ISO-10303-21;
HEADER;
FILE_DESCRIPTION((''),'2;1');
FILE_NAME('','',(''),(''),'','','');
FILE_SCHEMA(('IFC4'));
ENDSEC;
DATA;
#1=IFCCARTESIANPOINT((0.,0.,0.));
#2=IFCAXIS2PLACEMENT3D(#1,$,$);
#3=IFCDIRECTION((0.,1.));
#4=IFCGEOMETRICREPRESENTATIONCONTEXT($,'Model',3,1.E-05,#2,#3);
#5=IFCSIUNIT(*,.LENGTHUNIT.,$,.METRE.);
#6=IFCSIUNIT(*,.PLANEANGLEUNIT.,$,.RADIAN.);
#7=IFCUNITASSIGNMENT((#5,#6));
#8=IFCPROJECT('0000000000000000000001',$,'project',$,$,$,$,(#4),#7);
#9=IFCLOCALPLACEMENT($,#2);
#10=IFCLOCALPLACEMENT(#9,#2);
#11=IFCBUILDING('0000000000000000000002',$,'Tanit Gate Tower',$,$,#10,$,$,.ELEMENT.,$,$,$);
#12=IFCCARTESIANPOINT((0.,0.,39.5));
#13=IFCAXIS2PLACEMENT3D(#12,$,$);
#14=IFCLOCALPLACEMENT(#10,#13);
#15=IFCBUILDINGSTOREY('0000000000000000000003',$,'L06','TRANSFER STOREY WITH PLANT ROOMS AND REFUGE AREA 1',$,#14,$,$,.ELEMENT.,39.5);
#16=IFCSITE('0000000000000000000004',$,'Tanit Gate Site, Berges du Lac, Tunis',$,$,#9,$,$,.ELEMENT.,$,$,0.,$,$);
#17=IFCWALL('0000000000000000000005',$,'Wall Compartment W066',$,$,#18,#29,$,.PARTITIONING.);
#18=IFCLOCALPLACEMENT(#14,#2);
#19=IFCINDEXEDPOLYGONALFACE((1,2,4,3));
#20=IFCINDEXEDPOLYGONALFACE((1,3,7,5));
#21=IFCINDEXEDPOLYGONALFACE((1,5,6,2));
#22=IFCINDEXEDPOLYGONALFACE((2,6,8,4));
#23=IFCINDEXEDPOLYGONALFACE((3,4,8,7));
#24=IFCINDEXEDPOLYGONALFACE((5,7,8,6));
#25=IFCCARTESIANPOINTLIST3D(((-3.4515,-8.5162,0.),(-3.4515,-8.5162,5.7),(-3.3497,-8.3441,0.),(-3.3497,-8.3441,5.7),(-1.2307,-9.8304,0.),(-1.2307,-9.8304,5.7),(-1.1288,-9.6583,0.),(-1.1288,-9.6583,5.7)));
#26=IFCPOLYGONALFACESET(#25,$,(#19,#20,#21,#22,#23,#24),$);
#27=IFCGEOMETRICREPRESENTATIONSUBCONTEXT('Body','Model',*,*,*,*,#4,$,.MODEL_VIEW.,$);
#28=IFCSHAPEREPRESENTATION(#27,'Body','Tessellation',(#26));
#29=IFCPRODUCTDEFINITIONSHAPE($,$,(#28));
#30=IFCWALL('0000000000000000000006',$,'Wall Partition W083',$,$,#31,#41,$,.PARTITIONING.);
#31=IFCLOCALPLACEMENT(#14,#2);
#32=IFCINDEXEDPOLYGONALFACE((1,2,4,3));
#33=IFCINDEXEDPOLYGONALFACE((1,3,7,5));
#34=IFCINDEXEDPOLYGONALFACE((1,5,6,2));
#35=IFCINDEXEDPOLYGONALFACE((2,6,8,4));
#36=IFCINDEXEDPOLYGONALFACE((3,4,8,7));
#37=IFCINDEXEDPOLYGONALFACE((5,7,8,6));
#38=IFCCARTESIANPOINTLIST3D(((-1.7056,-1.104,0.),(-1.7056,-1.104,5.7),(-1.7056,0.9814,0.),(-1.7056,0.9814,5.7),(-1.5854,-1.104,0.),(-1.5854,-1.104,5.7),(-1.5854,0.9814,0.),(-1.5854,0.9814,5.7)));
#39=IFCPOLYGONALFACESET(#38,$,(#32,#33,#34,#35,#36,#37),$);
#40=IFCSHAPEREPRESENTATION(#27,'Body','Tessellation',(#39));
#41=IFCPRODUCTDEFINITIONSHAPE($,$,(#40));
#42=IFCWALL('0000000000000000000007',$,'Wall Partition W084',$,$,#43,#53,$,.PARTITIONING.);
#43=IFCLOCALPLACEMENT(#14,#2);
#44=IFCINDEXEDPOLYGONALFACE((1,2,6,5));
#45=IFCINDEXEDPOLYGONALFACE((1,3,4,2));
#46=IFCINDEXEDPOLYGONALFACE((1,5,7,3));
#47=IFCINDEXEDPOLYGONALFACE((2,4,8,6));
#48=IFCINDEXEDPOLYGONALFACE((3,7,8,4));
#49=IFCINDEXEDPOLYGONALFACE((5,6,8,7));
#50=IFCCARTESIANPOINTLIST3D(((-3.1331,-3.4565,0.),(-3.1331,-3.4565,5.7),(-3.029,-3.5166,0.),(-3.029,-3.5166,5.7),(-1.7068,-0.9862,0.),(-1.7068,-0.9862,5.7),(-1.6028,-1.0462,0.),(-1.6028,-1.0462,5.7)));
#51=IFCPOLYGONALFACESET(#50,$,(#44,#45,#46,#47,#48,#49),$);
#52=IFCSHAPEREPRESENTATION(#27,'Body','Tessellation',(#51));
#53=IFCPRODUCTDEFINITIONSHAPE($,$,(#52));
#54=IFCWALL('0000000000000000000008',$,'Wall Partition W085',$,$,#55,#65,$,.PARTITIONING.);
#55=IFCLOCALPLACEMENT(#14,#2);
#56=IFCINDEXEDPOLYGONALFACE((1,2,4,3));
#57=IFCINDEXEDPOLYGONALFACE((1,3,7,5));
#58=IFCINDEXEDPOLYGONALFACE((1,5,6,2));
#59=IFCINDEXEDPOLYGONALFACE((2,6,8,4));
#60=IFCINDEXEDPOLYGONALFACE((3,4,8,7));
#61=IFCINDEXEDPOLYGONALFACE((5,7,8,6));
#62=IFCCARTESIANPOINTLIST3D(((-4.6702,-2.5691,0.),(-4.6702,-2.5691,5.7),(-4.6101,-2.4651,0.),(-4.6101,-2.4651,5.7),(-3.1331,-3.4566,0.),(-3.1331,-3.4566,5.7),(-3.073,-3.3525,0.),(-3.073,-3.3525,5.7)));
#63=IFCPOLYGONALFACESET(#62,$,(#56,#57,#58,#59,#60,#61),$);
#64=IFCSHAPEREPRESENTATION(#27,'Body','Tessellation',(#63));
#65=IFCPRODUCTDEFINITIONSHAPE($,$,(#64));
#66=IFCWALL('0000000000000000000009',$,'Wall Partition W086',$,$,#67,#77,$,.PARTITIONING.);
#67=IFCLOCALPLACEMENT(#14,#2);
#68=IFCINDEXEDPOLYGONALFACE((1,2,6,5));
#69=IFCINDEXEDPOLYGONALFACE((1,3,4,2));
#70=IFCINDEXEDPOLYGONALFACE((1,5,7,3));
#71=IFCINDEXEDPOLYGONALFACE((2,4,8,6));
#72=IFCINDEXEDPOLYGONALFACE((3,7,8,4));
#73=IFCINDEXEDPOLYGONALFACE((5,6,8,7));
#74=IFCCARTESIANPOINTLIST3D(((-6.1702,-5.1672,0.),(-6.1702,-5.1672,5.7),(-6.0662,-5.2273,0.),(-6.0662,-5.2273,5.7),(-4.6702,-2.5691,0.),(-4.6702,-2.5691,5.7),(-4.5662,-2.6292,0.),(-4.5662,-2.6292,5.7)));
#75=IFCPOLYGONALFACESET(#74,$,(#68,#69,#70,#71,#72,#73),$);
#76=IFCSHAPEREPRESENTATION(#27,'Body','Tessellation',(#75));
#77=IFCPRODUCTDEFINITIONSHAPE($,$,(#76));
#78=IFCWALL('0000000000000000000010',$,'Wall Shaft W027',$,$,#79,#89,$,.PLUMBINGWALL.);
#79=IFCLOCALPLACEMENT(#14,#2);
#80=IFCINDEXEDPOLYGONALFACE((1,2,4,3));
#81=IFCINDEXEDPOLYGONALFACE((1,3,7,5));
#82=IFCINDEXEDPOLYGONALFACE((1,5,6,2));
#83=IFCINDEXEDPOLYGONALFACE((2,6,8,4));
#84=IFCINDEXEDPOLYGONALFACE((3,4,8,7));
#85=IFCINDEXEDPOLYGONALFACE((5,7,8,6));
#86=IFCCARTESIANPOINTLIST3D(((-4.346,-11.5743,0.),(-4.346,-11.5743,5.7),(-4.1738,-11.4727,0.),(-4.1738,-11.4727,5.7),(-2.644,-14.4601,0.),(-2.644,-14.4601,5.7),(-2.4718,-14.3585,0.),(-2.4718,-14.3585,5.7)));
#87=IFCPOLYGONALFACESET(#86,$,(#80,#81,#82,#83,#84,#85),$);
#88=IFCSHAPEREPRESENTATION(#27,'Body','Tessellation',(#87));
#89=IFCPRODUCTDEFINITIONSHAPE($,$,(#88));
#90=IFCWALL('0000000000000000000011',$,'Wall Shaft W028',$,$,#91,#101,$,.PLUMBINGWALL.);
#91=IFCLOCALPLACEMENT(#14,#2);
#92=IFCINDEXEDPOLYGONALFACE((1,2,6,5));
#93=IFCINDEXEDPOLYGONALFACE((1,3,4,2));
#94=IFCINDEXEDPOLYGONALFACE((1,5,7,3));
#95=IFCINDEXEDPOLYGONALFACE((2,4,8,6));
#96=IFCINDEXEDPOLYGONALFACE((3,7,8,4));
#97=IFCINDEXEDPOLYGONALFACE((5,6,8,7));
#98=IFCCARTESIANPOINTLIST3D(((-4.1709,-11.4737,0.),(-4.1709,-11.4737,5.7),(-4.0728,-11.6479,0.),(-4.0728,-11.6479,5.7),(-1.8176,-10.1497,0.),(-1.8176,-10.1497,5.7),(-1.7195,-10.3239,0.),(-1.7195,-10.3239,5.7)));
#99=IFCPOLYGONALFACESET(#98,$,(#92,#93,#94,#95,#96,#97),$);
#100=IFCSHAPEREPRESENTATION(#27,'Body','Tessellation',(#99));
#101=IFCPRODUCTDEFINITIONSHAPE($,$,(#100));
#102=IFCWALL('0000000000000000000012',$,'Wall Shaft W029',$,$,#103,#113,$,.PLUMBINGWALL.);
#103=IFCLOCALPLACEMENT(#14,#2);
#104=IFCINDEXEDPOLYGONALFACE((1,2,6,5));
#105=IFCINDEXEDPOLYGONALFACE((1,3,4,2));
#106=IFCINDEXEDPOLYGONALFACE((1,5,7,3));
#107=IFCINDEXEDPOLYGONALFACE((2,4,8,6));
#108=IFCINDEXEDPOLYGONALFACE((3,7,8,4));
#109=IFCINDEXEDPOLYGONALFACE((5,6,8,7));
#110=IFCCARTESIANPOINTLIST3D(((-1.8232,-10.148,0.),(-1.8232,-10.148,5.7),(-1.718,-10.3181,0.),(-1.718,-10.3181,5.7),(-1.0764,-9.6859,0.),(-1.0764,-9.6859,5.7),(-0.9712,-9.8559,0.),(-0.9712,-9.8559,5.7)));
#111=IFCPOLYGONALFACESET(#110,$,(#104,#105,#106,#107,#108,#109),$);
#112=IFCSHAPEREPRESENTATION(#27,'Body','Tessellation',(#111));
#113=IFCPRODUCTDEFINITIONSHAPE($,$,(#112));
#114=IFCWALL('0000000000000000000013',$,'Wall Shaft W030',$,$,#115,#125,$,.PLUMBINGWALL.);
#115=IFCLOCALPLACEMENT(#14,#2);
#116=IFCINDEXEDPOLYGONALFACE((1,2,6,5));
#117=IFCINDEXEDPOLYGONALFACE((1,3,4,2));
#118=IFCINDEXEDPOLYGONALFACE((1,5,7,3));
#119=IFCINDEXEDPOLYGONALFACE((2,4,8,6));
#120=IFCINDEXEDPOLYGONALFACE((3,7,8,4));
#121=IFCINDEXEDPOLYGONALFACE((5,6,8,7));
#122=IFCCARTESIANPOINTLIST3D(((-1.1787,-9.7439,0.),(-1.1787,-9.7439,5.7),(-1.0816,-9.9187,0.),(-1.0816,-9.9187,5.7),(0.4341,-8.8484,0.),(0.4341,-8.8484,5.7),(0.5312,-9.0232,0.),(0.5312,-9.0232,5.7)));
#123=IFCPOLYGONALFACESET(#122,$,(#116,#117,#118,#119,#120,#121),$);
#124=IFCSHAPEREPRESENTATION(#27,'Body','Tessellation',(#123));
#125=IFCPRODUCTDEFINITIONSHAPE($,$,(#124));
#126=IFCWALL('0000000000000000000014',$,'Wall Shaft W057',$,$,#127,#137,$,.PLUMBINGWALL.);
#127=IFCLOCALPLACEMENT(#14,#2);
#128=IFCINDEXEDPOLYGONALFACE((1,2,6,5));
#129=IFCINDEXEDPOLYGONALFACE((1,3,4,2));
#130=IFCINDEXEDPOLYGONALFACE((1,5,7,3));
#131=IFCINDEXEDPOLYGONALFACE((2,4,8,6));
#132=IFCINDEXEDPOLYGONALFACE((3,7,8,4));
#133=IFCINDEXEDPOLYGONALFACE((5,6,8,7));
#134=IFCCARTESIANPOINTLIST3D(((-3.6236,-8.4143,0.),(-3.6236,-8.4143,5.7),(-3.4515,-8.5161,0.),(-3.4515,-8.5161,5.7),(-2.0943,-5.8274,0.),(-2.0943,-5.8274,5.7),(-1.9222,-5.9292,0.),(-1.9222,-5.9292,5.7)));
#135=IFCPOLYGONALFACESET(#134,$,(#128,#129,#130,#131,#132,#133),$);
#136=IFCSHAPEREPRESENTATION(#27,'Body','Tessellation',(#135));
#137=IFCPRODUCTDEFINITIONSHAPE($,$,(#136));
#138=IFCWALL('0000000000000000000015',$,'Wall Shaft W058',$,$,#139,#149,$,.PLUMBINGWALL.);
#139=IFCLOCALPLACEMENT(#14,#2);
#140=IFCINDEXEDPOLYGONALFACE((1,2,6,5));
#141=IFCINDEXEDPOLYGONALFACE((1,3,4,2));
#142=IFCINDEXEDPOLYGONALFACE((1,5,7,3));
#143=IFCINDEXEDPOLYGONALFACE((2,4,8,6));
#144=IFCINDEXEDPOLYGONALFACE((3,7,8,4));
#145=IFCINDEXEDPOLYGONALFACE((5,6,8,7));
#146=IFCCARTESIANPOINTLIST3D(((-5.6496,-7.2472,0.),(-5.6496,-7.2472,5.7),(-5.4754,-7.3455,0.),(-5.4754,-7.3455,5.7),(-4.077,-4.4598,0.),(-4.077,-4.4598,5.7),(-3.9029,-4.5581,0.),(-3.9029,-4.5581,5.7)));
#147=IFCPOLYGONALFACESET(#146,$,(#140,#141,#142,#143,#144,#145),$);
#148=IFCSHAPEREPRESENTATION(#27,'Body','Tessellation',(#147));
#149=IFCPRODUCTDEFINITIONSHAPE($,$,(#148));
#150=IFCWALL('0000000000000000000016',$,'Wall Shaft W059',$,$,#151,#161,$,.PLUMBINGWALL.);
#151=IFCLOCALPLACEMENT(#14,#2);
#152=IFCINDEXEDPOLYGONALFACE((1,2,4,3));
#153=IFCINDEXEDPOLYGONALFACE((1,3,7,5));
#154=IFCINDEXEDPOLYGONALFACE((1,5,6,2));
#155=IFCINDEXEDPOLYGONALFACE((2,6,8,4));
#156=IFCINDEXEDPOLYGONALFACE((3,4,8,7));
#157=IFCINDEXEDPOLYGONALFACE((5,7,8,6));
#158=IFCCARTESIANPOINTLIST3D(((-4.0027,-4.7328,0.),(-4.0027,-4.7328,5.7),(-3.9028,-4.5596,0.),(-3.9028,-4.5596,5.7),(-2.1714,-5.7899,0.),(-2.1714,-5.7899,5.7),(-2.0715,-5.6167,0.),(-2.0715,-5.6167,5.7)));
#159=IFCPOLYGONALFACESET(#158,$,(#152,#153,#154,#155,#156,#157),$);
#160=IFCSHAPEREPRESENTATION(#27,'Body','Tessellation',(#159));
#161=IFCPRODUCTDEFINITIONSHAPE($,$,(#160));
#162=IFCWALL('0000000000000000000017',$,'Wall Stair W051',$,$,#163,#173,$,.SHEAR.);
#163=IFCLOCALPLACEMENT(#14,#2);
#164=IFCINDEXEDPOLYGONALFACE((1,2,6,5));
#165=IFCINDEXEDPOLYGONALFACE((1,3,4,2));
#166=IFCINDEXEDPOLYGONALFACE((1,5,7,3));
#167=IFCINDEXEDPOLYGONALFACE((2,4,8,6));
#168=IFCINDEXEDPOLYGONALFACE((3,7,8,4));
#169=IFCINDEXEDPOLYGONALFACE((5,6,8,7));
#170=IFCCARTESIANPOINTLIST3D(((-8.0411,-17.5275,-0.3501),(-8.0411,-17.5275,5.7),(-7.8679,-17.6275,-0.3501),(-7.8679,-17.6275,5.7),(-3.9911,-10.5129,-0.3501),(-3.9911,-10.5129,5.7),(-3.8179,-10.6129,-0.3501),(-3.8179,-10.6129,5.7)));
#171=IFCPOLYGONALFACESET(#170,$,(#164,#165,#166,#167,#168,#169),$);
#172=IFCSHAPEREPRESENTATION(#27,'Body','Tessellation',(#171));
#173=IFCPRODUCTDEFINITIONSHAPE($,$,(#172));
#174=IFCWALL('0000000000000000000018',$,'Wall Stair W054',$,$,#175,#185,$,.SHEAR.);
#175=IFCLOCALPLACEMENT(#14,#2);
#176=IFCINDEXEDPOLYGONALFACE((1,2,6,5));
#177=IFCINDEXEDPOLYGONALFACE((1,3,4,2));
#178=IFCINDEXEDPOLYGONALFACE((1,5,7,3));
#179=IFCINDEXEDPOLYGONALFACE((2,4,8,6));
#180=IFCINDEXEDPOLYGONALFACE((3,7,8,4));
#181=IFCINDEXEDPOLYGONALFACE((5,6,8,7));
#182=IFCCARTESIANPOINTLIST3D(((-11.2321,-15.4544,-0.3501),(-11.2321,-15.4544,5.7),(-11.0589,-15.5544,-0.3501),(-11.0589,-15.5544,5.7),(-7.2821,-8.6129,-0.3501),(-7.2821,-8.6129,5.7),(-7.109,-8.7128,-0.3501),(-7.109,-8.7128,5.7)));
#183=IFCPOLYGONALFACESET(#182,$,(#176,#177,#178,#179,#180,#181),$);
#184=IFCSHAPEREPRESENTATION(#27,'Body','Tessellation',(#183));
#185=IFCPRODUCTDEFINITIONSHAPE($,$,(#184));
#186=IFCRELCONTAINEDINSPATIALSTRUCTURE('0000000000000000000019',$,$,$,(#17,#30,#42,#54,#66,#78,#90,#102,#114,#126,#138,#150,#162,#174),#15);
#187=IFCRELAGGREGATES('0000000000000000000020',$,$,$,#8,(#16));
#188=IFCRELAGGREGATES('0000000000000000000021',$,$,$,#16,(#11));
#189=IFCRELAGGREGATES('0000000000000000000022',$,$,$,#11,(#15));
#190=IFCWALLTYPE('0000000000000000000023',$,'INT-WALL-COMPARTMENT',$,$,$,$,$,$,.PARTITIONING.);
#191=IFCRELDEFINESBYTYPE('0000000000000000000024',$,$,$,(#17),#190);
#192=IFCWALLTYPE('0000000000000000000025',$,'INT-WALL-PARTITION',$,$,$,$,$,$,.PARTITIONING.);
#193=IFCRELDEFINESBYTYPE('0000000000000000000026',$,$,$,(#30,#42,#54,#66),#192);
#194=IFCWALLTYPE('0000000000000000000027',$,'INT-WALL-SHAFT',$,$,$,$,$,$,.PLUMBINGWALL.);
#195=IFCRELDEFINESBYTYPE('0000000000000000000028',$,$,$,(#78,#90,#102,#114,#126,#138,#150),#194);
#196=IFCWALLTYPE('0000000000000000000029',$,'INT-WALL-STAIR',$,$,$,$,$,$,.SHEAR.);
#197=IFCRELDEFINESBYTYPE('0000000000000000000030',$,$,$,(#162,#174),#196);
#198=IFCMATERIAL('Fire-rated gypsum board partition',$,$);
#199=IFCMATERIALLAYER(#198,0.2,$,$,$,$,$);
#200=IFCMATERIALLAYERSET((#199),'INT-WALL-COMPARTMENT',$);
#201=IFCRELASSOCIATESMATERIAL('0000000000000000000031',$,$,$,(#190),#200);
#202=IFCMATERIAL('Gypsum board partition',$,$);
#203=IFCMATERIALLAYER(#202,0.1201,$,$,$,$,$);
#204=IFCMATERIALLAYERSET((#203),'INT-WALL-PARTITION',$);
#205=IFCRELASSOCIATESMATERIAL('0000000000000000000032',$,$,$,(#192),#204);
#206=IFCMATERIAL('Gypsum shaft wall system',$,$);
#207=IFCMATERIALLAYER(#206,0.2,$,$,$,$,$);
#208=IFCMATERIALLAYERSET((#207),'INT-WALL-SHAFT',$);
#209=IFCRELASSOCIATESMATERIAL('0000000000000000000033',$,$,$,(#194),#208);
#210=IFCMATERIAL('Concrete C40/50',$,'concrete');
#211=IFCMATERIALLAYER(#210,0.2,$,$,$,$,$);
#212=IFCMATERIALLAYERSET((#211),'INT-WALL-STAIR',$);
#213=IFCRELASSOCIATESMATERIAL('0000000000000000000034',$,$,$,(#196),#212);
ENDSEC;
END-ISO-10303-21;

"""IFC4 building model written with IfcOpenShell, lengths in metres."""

from ifc_helpers import new_model, si_unit, direction, frame, frame_2d, origin, place, context, subcontext, project, spatial, rectangle, extrude, material, layer, layer_set, type_object, element, save


model = new_model("IFC4")

# Units and contexts
model_context = context("Model", 3, precision=1e-05, world=origin(), true_north=direction((0.0, 1.0)))
body_context = subcontext(model_context, "Body", "Model", "MODEL_VIEW")
ifc_project = project(units=[si_unit("LENGTHUNIT", "METRE"), si_unit("PLANEANGLEUNIT", "RADIAN")], contexts=[model_context])

# Site, building, storey
site_placement = place(None, origin())
site = spatial("IfcSite", under=ifc_project, at=site_placement, Name="Tanit Gate Site, Berges du Lac, Tunis", CompositionType="ELEMENT", RefElevation=0.0)
building_placement = place(site_placement, origin())
building = spatial("IfcBuilding", under=site, at=building_placement, Name="Tanit Gate Tower", CompositionType="ELEMENT")
storey_placement = place(building_placement, frame((0.0, 0.0, 39.5)))
storey = spatial("IfcBuildingStorey", under=building, at=storey_placement, Name="L06", Description="TRANSFER STOREY WITH PLANT ROOMS AND REFUGE AREA 1", CompositionType="ELEMENT", Elevation=39.5)

# Walls
ifc_material_1 = material(Name="Fire-rated gypsum board partition")
ifc_layer_1 = layer(ifc_material_1, 0.2)
ifc_layer_set_1 = layer_set([ifc_layer_1], Name="INT-WALL-COMPARTMENT")
wall_type_1 = type_object("IfcWallType", Name="INT-WALL-COMPARTMENT", PredefinedType="PARTITIONING", material=ifc_layer_set_1)
wall_1_placement = place(storey_placement, frame((-3.4006, -8.4302, 0.0), z_axis=(0.0, 0.0, 1.0), x_axis=(0.860616, -0.509255, 0.0)))
element("IfcWall", 1, at=wall_1_placement, inside=storey, type_object=wall_type_1, Name="Wall Compartment W066", PredefinedType="PARTITIONING", context=body_context, shape_type="SweptSolid", body=[
    extrude(rectangle(XDim=2.5806, YDim=0.2, at=frame_2d((1.2903, 0.0))), origin(), (0.0, 0.0, 1.0), 5.7),
])
ifc_material_2 = material(Name="Gypsum board partition")
ifc_layer_2 = layer(ifc_material_2, 0.1201)
ifc_layer_set_2 = layer_set([ifc_layer_2], Name="INT-WALL-PARTITION")
wall_type_2 = type_object("IfcWallType", Name="INT-WALL-PARTITION", PredefinedType="PARTITIONING", material=ifc_layer_set_2)
wall_2_placement = place(storey_placement, frame((-1.6455, -1.104, 0.0), z_axis=(0.0, 0.0, 1.0), x_axis=(0.0, 1.0, 0.0)))
element("IfcWall", 2, at=wall_2_placement, inside=storey, type_object=wall_type_2, Name="Wall Partition W083", PredefinedType="PARTITIONING", context=body_context, shape_type="SweptSolid", body=[
    extrude(rectangle(XDim=2.0854, YDim=0.1201, at=frame_2d((1.0427, 0.0))), origin(), (0.0, 0.0, 1.0), 5.7),
])
wall_3_placement = place(storey_placement, frame((-3.0811, -3.4866, 0.0), z_axis=(0.0, 0.0, 1.0), x_axis=(0.499987, 0.866033, 0.0)))
element("IfcWall", 3, at=wall_3_placement, inside=storey, type_object=wall_type_2, Name="Wall Partition W084", PredefinedType="PARTITIONING", context=body_context, shape_type="SweptSolid", body=[
    extrude(rectangle(XDim=2.8525, YDim=0.1201, at=frame_2d((1.4263, 0.0))), origin(), (0.0, 0.0, 1.0), 5.7),
])
wall_4_placement = place(storey_placement, frame((-4.6401, -2.5171, 0.0), z_axis=(0.0, 0.0, 1.0), x_axis=(0.866025, -0.5, 0.0)))
element("IfcWall", 4, at=wall_4_placement, inside=storey, type_object=wall_type_2, Name="Wall Partition W085", PredefinedType="PARTITIONING", context=body_context, shape_type="SweptSolid", body=[
    extrude(rectangle(XDim=1.7749, YDim=0.1201, at=frame_2d((0.8875, 0.0))), origin(), (0.0, 0.0, 1.0), 5.7),
])
wall_5_placement = place(storey_placement, frame((-6.1182, -5.1973, 0.0), z_axis=(0.0, 0.0, 1.0), x_axis=(0.49999, 0.866031, 0.0)))
element("IfcWall", 5, at=wall_5_placement, inside=storey, type_object=wall_type_2, Name="Wall Partition W086", PredefinedType="PARTITIONING", context=body_context, shape_type="SweptSolid", body=[
    extrude(rectangle(XDim=3.0, YDim=0.1201, at=frame_2d((1.5, 0.0))), origin(), (0.0, 0.0, 1.0), 5.7),
])
ifc_material_3 = material(Name="Gypsum shaft wall system")
ifc_layer_3 = layer(ifc_material_3, 0.2)
ifc_layer_set_3 = layer_set([ifc_layer_3], Name="INT-WALL-SHAFT")
wall_type_3 = type_object("IfcWallType", Name="INT-WALL-SHAFT", PredefinedType="PLUMBINGWALL", material=ifc_layer_set_3)
wall_6_placement = place(storey_placement, frame((-2.5579, -14.4094, 0.0), z_axis=(0.0, 0.0, 1.0), x_axis=(-0.507997, 0.861359, 0.0)))
element("IfcWall", 6, at=wall_6_placement, inside=storey, type_object=wall_type_3, Name="Wall Shaft W027", PredefinedType="PLUMBINGWALL", context=body_context, shape_type="SweptSolid", body=[
    extrude(rectangle(XDim=3.3503, YDim=0.2, at=frame_2d((1.6753, 0.0))), origin(), (0.0, 0.0, 1.0), 5.7),
])
wall_7_placement = place(storey_placement, frame((-1.7686, -10.2368, 0.0), z_axis=(0.0, 0.0, 1.0), x_axis=(-0.871534, -0.490334, 0.0)))
element("IfcWall", 7, at=wall_7_placement, inside=storey, type_object=wall_type_3, Name="Wall Shaft W028", PredefinedType="PLUMBINGWALL", context=body_context, shape_type="SweptSolid", body=[
    extrude(rectangle(XDim=2.7002, YDim=0.2, at=frame_2d((1.3501, 0.0))), origin(), (0.0, 0.0, 1.0), 5.7),
])
wall_8_placement = place(storey_placement, frame((-1.0239, -9.771, 0.0), z_axis=(0.0, 0.0, 1.0), x_axis=(-0.850348, -0.526221, 0.0)))
element("IfcWall", 8, at=wall_8_placement, inside=storey, type_object=wall_type_3, Name="Wall Shaft W029", PredefinedType="PLUMBINGWALL", context=body_context, shape_type="SweptSolid", body=[
    extrude(rectangle(XDim=0.8782, YDim=0.2, at=frame_2d((0.439, 0.0))), origin(), (0.0, 0.0, 1.0), 5.7),
])
wall_9_placement = place(storey_placement, frame((-1.1301, -9.8313, 0.0), z_axis=(0.0, 0.0, 1.0), x_axis=(0.87427, 0.485441, 0.0)))
element("IfcWall", 9, at=wall_9_placement, inside=storey, type_object=wall_type_3, Name="Wall Shaft W030", PredefinedType="PLUMBINGWALL", context=body_context, shape_type="SweptSolid", body=[
    extrude(rectangle(XDim=1.8447, YDim=0.2, at=frame_2d((0.9224, 0.0))), origin(), (0.0, 0.0, 1.0), 5.7),
])

# Walls
wall_10_placement = place(storey_placement, frame((-2.0083, -5.8784, 0.0), z_axis=(0.0, 0.0, 1.0), x_axis=(-0.508894, -0.860829, 0.0)))
element("IfcWall", 10, at=wall_10_placement, inside=storey, type_object=wall_type_3, Name="Wall Shaft W057", PredefinedType="PLUMBINGWALL", context=body_context, shape_type="SweptSolid", body=[
    extrude(rectangle(XDim=3.0051, YDim=0.2, at=frame_2d((1.5024, 0.0))), origin(), (0.0, 0.0, 1.0), 5.7),
])
wall_11_placement = place(storey_placement, frame((-3.99, -4.509, 0.0), z_axis=(0.0, 0.0, 1.0), x_axis=(-0.491358, -0.870958, 0.0)))
element("IfcWall", 11, at=wall_11_placement, inside=storey, type_object=wall_type_3, Name="Wall Shaft W058", PredefinedType="PLUMBINGWALL", context=body_context, shape_type="SweptSolid", body=[
    extrude(rectangle(XDim=3.2004, YDim=0.2, at=frame_2d((1.6001, 0.0))), origin(), (0.0, 0.0, 1.0), 5.7),
])
wall_12_placement = place(storey_placement, frame((-3.9526, -4.6462, 0.0), z_axis=(0.0, 0.0, 1.0), x_axis=(0.866061, -0.499939, 0.0)))
element("IfcWall", 12, at=wall_12_placement, inside=storey, type_object=wall_type_3, Name="Wall Shaft W059", PredefinedType="PLUMBINGWALL", context=body_context, shape_type="SweptSolid", body=[
    extrude(rectangle(XDim=2.1145, YDim=0.2, at=frame_2d((1.0571, 0.0))), origin(), (0.0, 0.0, 1.0), 5.7),
])
ifc_material_4 = material(Name="Concrete C40/50", Category="concrete")
ifc_layer_4 = layer(ifc_material_4, 0.2)
ifc_layer_set_4 = layer_set([ifc_layer_4], Name="INT-WALL-STAIR")
wall_type_4 = type_object("IfcWallType", Name="INT-WALL-STAIR", PredefinedType="SHEAR", material=ifc_layer_set_4)
wall_13_placement = place(storey_placement, frame((-3.9045, -10.563, -0.3501), z_axis=(0.0, 0.0, 1.0), x_axis=(-0.500013, -0.866018, 0.0)))
element("IfcWall", 13, at=wall_13_placement, inside=storey, type_object=wall_type_4, Name="Wall Stair W051", PredefinedType="SHEAR", context=body_context, shape_type="SweptSolid", body=[
    extrude(rectangle(XDim=8.0999, YDim=0.2, at=frame_2d((4.0498, 0.0))), origin(), (0.0, 0.0, 1.0), 6.05),
])
wall_14_placement = place(storey_placement, frame((-7.1956, -8.6628, -0.3501), z_axis=(0.0, 0.0, 1.0), x_axis=(-0.499998, -0.866027, 0.0)))
element("IfcWall", 14, at=wall_14_placement, inside=storey, type_object=wall_type_4, Name="Wall Stair W054", PredefinedType="SHEAR", context=body_context, shape_type="SweptSolid", body=[
    extrude(rectangle(XDim=7.8999, YDim=0.2, at=frame_2d((3.95, 0.0))), origin(), (0.0, 0.0, 1.0), 6.05),
])

save(model, "model.ifc")
